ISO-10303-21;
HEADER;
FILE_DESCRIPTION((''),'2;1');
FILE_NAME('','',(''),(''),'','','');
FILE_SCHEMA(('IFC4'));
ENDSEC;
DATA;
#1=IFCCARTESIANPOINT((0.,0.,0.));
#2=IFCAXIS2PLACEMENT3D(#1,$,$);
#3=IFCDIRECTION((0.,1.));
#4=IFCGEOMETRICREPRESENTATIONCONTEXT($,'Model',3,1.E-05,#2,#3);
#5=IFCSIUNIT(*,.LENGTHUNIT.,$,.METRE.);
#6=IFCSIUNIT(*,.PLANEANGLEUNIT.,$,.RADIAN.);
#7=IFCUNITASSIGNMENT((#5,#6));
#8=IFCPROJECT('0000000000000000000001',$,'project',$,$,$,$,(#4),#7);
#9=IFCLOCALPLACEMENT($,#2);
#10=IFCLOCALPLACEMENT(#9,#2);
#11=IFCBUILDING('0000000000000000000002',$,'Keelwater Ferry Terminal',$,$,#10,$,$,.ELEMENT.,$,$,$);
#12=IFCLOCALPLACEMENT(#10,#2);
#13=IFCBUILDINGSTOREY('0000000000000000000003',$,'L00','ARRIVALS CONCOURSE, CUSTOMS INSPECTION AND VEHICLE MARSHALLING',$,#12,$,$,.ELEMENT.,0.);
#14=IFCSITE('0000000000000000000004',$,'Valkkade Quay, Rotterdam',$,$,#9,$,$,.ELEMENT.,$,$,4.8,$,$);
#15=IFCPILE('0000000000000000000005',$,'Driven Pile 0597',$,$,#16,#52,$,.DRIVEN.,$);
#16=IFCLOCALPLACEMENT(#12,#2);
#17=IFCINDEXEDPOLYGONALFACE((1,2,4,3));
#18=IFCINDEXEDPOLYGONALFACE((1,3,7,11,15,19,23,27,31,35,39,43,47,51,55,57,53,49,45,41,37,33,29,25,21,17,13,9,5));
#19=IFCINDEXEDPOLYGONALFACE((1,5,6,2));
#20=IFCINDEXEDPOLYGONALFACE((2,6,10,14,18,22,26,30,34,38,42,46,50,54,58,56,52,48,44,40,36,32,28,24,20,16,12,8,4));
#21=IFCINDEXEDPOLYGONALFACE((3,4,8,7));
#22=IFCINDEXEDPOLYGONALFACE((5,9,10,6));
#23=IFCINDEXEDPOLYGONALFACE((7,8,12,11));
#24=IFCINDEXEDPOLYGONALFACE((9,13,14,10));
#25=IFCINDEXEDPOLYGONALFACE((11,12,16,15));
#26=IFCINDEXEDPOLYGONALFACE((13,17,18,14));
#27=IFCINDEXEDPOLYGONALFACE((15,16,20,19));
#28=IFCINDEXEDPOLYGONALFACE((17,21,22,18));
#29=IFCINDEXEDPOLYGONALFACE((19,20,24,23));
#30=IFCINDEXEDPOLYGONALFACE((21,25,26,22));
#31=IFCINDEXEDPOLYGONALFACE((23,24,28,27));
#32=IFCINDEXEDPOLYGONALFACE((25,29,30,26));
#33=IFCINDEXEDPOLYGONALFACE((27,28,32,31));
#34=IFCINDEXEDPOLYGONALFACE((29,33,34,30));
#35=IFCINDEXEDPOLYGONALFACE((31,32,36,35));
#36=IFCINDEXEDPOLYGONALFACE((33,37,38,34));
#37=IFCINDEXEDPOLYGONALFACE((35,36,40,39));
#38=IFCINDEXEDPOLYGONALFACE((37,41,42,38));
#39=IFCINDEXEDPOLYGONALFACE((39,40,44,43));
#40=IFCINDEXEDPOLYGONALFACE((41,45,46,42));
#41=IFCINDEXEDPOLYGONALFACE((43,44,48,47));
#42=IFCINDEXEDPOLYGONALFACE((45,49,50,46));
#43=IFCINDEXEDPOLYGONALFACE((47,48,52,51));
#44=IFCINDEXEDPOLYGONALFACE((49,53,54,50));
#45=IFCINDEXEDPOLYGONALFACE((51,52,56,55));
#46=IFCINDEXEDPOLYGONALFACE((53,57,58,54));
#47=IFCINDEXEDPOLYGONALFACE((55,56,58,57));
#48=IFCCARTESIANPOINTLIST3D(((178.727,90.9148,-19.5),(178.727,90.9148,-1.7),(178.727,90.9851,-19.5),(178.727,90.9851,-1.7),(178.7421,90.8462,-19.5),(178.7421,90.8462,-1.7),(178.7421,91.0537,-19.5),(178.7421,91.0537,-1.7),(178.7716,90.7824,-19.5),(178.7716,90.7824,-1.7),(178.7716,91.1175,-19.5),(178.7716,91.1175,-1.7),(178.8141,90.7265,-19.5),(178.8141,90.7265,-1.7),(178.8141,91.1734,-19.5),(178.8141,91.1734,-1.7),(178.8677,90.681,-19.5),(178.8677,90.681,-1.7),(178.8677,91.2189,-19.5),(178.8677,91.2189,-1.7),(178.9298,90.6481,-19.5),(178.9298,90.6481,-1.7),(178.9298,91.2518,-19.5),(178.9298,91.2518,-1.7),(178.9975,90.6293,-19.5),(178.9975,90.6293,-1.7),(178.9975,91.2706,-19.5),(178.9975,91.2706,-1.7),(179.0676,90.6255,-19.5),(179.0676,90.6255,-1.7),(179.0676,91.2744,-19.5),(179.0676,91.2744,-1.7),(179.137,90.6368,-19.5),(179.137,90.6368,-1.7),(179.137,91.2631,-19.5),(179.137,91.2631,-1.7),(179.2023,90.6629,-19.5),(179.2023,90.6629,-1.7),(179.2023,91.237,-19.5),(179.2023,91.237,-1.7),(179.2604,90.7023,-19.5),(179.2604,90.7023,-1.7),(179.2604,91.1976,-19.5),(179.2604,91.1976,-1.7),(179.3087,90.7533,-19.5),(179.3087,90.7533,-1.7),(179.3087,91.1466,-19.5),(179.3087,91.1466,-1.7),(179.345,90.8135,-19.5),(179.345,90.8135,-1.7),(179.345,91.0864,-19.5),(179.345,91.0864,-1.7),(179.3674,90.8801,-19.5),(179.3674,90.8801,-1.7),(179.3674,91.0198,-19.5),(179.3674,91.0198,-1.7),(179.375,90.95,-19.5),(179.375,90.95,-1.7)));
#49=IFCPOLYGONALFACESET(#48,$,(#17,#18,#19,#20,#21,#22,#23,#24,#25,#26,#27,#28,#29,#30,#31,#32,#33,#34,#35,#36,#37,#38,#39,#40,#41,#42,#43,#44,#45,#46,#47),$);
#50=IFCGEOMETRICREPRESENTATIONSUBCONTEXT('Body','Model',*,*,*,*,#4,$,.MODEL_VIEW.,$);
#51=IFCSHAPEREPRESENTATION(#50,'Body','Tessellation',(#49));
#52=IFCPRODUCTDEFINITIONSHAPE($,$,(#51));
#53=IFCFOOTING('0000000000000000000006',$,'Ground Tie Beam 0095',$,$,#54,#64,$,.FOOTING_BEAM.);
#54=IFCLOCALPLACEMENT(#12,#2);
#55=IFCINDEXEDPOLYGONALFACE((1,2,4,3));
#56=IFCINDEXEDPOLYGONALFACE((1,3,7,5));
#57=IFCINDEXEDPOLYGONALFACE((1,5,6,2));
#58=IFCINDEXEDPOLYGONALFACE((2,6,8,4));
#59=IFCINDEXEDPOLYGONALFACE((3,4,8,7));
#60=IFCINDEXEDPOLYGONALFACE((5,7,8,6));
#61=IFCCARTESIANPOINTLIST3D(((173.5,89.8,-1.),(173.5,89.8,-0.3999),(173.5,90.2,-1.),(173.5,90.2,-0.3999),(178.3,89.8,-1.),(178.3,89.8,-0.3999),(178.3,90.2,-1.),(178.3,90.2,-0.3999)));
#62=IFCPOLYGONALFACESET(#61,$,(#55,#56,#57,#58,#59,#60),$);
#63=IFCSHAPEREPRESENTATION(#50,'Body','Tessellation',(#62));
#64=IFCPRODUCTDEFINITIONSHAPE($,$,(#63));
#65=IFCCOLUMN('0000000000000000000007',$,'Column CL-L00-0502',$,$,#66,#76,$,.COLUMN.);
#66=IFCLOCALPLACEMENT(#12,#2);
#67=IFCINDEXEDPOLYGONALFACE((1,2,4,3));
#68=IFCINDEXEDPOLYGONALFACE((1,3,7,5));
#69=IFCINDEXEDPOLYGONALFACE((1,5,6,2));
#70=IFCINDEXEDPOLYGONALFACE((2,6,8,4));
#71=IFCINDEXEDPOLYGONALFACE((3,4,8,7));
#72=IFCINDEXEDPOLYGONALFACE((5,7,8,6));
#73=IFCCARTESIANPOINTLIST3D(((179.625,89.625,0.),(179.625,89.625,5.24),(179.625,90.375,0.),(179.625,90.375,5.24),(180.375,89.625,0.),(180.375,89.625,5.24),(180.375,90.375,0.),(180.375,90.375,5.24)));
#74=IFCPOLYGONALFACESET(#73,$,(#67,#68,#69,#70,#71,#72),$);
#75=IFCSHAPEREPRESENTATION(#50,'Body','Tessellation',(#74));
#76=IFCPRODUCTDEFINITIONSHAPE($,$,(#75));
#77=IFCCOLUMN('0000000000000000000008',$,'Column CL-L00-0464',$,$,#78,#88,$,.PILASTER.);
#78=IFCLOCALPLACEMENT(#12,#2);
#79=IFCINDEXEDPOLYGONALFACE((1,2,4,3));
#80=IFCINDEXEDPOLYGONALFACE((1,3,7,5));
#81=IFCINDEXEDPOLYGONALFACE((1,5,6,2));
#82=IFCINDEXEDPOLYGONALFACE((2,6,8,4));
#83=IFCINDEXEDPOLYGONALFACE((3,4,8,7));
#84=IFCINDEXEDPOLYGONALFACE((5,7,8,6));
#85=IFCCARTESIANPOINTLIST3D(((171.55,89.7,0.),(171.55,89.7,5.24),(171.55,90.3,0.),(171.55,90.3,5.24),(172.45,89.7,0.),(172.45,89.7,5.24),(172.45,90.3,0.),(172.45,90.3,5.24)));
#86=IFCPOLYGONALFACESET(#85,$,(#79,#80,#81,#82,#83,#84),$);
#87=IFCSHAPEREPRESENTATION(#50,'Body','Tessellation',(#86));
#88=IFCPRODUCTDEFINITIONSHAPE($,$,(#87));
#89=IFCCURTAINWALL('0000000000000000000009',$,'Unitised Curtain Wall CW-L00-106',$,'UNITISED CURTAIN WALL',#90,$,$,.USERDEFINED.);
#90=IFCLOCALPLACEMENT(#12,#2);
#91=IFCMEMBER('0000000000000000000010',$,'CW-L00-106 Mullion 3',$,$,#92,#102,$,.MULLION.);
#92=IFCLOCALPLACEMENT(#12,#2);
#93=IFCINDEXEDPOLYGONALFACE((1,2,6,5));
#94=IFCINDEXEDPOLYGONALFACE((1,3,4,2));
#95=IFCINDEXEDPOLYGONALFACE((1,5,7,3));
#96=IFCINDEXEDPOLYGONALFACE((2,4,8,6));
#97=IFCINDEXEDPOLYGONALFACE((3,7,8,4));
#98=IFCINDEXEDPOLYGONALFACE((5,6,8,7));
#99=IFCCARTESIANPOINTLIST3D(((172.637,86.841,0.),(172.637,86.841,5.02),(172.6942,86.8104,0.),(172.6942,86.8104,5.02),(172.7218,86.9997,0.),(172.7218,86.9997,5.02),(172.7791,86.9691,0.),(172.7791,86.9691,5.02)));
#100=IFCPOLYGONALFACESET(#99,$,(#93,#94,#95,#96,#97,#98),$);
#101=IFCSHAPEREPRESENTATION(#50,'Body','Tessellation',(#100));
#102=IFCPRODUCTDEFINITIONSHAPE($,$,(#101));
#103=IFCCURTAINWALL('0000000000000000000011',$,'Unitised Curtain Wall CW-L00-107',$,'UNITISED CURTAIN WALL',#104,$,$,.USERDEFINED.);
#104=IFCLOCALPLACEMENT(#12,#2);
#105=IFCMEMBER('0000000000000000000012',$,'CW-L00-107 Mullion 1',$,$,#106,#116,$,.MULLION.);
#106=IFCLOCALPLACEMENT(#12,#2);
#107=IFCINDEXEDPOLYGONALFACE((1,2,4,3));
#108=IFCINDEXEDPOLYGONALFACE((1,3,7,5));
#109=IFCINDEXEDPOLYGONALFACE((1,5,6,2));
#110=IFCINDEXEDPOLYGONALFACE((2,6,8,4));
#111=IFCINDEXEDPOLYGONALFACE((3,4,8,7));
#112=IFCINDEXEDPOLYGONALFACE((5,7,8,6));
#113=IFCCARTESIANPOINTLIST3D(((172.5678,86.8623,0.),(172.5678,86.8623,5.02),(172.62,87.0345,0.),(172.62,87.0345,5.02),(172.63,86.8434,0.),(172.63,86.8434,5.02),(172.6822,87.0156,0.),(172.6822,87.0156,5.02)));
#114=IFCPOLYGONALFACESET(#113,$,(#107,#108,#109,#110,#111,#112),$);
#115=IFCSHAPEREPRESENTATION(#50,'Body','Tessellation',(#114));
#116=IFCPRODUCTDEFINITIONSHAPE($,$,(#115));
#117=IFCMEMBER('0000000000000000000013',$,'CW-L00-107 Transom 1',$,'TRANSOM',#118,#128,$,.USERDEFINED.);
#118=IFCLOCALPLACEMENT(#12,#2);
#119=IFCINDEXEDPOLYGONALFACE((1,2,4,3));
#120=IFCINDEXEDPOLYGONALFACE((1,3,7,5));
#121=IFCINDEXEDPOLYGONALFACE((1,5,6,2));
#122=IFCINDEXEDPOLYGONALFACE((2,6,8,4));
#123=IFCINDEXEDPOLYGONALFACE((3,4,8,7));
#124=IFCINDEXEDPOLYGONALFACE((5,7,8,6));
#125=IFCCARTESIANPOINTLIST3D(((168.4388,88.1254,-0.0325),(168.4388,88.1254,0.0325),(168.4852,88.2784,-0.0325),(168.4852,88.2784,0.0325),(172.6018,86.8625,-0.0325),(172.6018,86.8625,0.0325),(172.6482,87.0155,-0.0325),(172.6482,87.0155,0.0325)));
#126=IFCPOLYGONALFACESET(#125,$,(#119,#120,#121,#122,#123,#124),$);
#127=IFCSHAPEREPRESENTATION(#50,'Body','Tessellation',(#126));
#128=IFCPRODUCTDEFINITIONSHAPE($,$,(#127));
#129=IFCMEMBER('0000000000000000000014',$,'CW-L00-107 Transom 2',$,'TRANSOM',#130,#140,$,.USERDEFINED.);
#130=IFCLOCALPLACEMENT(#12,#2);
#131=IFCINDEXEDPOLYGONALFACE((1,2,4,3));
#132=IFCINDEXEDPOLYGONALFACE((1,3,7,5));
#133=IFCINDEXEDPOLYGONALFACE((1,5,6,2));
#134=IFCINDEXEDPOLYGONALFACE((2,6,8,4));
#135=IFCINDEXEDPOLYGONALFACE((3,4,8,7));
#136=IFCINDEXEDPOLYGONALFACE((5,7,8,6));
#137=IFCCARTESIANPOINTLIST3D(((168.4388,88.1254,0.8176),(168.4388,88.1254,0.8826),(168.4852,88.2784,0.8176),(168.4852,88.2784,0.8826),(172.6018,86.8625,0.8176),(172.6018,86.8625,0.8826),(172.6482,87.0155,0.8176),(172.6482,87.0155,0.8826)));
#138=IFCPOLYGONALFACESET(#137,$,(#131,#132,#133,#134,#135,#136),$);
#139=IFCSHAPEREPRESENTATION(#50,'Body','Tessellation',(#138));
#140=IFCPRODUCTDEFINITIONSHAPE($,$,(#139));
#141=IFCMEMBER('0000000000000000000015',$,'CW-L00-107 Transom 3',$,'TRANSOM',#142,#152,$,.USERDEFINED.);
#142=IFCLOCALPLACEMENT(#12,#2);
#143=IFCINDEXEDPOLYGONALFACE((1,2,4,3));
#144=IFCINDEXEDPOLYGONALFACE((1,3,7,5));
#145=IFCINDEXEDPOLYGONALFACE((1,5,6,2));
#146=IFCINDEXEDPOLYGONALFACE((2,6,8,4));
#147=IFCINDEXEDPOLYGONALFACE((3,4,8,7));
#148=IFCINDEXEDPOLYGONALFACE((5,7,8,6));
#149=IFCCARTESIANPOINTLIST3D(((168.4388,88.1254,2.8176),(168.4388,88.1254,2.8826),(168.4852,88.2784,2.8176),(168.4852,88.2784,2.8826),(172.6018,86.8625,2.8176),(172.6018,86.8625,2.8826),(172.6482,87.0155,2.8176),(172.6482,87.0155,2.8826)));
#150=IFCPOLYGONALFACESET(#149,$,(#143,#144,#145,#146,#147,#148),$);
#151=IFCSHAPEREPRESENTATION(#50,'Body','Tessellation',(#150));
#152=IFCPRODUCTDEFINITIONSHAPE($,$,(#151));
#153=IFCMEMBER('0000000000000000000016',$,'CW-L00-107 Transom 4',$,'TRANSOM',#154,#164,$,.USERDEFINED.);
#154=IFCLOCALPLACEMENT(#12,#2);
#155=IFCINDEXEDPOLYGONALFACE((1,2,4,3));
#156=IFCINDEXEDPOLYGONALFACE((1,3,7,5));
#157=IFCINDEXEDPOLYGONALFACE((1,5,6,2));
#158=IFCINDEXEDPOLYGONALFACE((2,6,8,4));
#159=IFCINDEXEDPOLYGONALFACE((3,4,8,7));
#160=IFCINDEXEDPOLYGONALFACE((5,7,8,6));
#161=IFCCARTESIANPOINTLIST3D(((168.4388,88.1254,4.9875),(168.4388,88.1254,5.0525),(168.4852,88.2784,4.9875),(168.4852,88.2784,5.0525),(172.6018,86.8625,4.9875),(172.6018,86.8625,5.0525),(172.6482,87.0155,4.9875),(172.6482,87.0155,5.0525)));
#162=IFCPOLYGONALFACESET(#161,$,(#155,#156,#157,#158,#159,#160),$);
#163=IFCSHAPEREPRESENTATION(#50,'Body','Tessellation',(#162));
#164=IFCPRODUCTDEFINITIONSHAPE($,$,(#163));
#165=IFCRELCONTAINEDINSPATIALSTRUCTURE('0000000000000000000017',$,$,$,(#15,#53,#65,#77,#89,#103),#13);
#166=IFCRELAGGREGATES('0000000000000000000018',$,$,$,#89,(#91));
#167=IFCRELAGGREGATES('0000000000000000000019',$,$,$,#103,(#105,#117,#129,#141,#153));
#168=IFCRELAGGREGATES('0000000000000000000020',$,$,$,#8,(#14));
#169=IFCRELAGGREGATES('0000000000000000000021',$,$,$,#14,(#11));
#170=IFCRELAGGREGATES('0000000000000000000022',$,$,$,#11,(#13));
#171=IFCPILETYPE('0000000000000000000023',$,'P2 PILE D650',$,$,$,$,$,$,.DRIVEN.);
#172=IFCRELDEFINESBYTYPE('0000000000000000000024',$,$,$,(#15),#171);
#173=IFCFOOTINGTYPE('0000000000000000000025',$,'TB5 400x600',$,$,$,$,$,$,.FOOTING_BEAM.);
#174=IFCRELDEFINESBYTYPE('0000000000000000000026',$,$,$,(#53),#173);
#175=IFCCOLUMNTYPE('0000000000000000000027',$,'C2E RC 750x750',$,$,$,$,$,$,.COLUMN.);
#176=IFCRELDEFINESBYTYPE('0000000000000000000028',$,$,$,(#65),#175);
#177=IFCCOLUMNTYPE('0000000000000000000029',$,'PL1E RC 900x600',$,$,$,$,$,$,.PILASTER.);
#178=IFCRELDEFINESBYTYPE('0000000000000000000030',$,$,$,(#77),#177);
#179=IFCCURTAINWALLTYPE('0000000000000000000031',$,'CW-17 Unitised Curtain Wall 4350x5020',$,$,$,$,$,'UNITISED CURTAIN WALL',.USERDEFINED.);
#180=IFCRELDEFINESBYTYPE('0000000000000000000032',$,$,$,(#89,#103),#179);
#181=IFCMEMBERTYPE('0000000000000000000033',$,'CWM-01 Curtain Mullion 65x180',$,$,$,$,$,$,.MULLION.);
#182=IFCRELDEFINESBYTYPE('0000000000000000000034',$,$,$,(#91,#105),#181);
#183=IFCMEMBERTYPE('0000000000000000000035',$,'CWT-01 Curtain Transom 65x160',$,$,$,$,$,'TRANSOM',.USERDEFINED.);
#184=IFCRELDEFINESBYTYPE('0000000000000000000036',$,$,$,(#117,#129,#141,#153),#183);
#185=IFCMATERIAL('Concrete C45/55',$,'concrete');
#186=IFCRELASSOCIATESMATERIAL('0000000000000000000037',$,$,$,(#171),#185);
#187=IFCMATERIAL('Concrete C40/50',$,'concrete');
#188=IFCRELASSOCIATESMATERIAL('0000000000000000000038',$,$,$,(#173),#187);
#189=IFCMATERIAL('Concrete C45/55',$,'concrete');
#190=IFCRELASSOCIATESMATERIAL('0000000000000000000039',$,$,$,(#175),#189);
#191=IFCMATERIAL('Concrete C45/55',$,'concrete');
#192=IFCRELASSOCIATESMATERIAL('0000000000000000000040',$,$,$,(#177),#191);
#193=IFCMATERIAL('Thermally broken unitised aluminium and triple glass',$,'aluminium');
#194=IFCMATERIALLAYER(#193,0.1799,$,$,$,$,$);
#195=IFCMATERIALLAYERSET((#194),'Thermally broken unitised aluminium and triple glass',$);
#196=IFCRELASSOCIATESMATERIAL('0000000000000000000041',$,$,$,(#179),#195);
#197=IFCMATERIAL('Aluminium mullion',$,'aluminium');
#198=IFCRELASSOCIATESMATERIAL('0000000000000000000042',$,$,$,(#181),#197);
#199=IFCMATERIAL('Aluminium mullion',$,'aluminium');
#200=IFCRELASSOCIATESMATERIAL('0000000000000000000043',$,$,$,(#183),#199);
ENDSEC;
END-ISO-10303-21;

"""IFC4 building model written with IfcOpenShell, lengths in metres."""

from ifc_helpers import new_model, si_unit, direction, frame, origin, origin_2d, place, context, subcontext, project, spatial, rectangle, circle, extrude, material, layer, layer_set, material_profile, profile_set, type_object, element, aggregate, save


model = new_model("IFC4")

# Units and contexts
model_context = context("Model", 3, precision=1e-05, world=origin(), true_north=direction((0.0, 1.0)))
body_context = subcontext(model_context, "Body", "Model", "MODEL_VIEW")
ifc_project = project(units=[si_unit("LENGTHUNIT", "METRE"), si_unit("PLANEANGLEUNIT", "RADIAN")], contexts=[model_context])

# Site, building, storey
site_placement = place(None, origin())
site = spatial("IfcSite", under=ifc_project, at=site_placement, Name="Valkkade Quay, Rotterdam", CompositionType="ELEMENT", RefElevation=4.8)
building_placement = place(site_placement, origin())
building = spatial("IfcBuilding", under=site, at=building_placement, Name="Keelwater Ferry Terminal", CompositionType="ELEMENT")
storey_placement = place(building_placement, origin())
storey = spatial("IfcBuildingStorey", under=building, at=storey_placement, Name="L00", Description="ARRIVALS CONCOURSE, CUSTOMS INSPECTION AND VEHICLE MARSHALLING", CompositionType="ELEMENT", Elevation=0.0)

# Pile
ifc_material_1 = material(Name="Concrete C45/55", Category="concrete")
ifc_material_profile_1 = material_profile(ifc_material_1, circle(Radius=0.325, at=origin_2d()), Name="PILE D650")
ifc_profile_set_1 = profile_set([ifc_material_profile_1], Name="Concrete C45/55")
pile_type = type_object("IfcPileType", Name="P2 PILE D650", PredefinedType="DRIVEN", material=ifc_profile_set_1)
for number, where, z_axis, x_axis, name in (
    (1, (179.05, 90.95, -1.7), (0.0, 0.0, -1.0), (1.0, 0.0, 0.0), "Driven Pile 0597"),
):
    element("IfcPile", number, at=place(storey_placement, frame(where, z_axis=z_axis, x_axis=x_axis)), inside=storey, type_object=pile_type, Name=name, PredefinedType="DRIVEN", context=body_context, shape_type="SweptSolid", body=[
        extrude(circle(Radius=0.325, at=origin_2d()), origin(), (0.0, 0.0, 1.0), 17.8),
    ])

# Footing
ifc_material_2 = material(Name="Concrete C40/50", Category="concrete")
ifc_material_profile_2 = material_profile(ifc_material_2, rectangle(XDim=0.3999, YDim=0.6001, at=origin_2d()), Name="TB 400x600")
ifc_profile_set_2 = profile_set([ifc_material_profile_2], Name="Concrete C40/50")
footing_type = type_object("IfcFootingType", Name="TB5 400x600", PredefinedType="FOOTING_BEAM", material=ifc_profile_set_2)
footing_placement = place(storey_placement, frame((173.5, 90.0, -0.7), z_axis=(1.0, 0.0, 0.0), x_axis=(0.0, 1.0, 0.0)))
element("IfcFooting", 2, at=footing_placement, inside=storey, type_object=footing_type, Name="Ground Tie Beam 0095", PredefinedType="FOOTING_BEAM", context=body_context, shape_type="SweptSolid", body=[
    extrude(rectangle(XDim=0.3999, YDim=0.6001, at=origin_2d()), origin(), (0.0, 0.0, 1.0), 4.8),
])

# Columns
ifc_material_3 = material(Name="Concrete C45/55", Category="concrete")
ifc_material_profile_3 = material_profile(ifc_material_3, rectangle(XDim=0.75, YDim=0.75, at=origin_2d()), Name="RC 750x750")
ifc_profile_set_3 = profile_set([ifc_material_profile_3], Name="Concrete C45/55")
column_type_1 = type_object("IfcColumnType", Name="C2E RC 750x750", PredefinedType="COLUMN", material=ifc_profile_set_3)
column_1_placement = place(storey_placement, frame((180.0, 90.0, 0.0), z_axis=(0.0, 0.0, 1.0), x_axis=(1.0, 0.0, 0.0)))
element("IfcColumn", 3, at=column_1_placement, inside=storey, type_object=column_type_1, Name="Column CL-L00-0502", PredefinedType="COLUMN", context=body_context, shape_type="SweptSolid", body=[
    extrude(rectangle(XDim=0.75, YDim=0.75, at=origin_2d()), origin(), (0.0, 0.0, 1.0), 5.24),
])
ifc_material_4 = material(Name="Concrete C45/55", Category="concrete")
ifc_material_profile_4 = material_profile(ifc_material_4, rectangle(XDim=0.6001, YDim=0.8999, at=origin_2d()), Name="RC 900x600")
ifc_profile_set_4 = profile_set([ifc_material_profile_4], Name="Concrete C45/55")
column_type_2 = type_object("IfcColumnType", Name="PL1E RC 900x600", PredefinedType="PILASTER", material=ifc_profile_set_4)
column_2_placement = place(storey_placement, frame((172.0, 90.0, 0.0), z_axis=(0.0, 0.0, 1.0), x_axis=(0.0, 1.0, 0.0)))
element("IfcColumn", 4, at=column_2_placement, inside=storey, type_object=column_type_2, Name="Column CL-L00-0464", PredefinedType="PILASTER", context=body_context, shape_type="SweptSolid", body=[
    extrude(rectangle(XDim=0.6001, YDim=0.8999, at=origin_2d()), origin(), (0.0, 0.0, 1.0), 5.24),
])

# Curtain wall, member
ifc_material_5 = material(Name="Thermally broken unitised aluminium and triple glass", Category="aluminium")
ifc_layer_1 = layer(ifc_material_5, 0.1799)
ifc_layer_set_1 = layer_set([ifc_layer_1], Name="Thermally broken unitised aluminium and triple glass")
curtain_wall_type = type_object("IfcCurtainWallType", Name="CW-17 Unitised Curtain Wall 4350x5020", ElementType="UNITISED CURTAIN WALL", PredefinedType="USERDEFINED", material=ifc_layer_set_1)
curtain_wall_1_placement = place(storey_placement, origin())
curtain_wall_1 = element("IfcCurtainWall", 5, at=curtain_wall_1_placement, inside=storey, type_object=curtain_wall_type, Name="Unitised Curtain Wall CW-L00-106", ObjectType="UNITISED CURTAIN WALL", PredefinedType="USERDEFINED")
ifc_material_6 = material(Name="Aluminium mullion", Category="aluminium")
ifc_material_profile_5 = material_profile(ifc_material_6, rectangle(XDim=0.0649, YDim=0.1799, at=origin_2d()), Name="CWM-01")
ifc_profile_set_5 = profile_set([ifc_material_profile_5], Name="Aluminium mullion")
member_type_1 = type_object("IfcMemberType", Name="CWM-01 Curtain Mullion 65x180", PredefinedType="MULLION", material=ifc_profile_set_5)
member_1_placement = place(storey_placement, frame((172.708, 86.905, 0.0), z_axis=(0.0, 0.0, 1.0), x_axis=(-0.881862, 0.471507, 0.0)))
member_1 = element("IfcMember", 6, at=member_1_placement, type_object=member_type_1, Name="CW-L00-106 Mullion 3", PredefinedType="MULLION", context=body_context, shape_type="SweptSolid", body=[
    extrude(rectangle(XDim=0.0649, YDim=0.1799, at=origin_2d()), origin(), (0.0, 0.0, 1.0), 5.02),
])
aggregate(curtain_wall_1, [member_1])

# Curtain wall, members
curtain_wall_2_placement = place(storey_placement, origin())
curtain_wall_2 = element("IfcCurtainWall", 7, at=curtain_wall_2_placement, inside=storey, type_object=curtain_wall_type, Name="Unitised Curtain Wall CW-L00-107", ObjectType="UNITISED CURTAIN WALL", PredefinedType="USERDEFINED")
member_2_placement = place(storey_placement, frame((172.625, 86.939, 0.0), z_axis=(0.0, 0.0, 1.0), x_axis=(-0.95693, 0.29032, 0.0)))
member_2 = element("IfcMember", 8, at=member_2_placement, type_object=member_type_1, Name="CW-L00-107 Mullion 1", PredefinedType="MULLION", context=body_context, shape_type="SweptSolid", body=[
    extrude(rectangle(XDim=0.0649, YDim=0.1799, at=origin_2d()), origin(), (0.0, 0.0, 1.0), 5.02),
])
ifc_material_7 = material(Name="Aluminium mullion", Category="aluminium")
ifc_material_profile_6 = material_profile(ifc_material_7, rectangle(XDim=0.1599, YDim=0.0649, at=origin_2d()), Name="CWT-01")
ifc_profile_set_6 = profile_set([ifc_material_profile_6], Name="Aluminium mullion")
member_type_2 = type_object("IfcMemberType", Name="CWT-01 Curtain Transom 65x160", ElementType="TRANSOM", PredefinedType="USERDEFINED", material=ifc_profile_set_6)
member_3_placement = place(storey_placement, frame((172.625, 86.939, 0.0), z_axis=(-0.956935, 0.290302, 0.0), x_axis=(-0.290302, -0.956935, 0.0)))
member_3 = element("IfcMember", 9, at=member_3_placement, type_object=member_type_2, Name="CW-L00-107 Transom 1", ObjectType="TRANSOM", PredefinedType="USERDEFINED", context=body_context, shape_type="SweptSolid", body=[
    extrude(rectangle(XDim=0.1599, YDim=0.0649, at=origin_2d()), origin(), (0.0, 0.0, 1.0), 4.3503),
])
member_4_placement = place(storey_placement, frame((172.625, 86.939, 0.8501), z_axis=(-0.956935, 0.290302, 0.0), x_axis=(-0.290302, -0.956935, 0.0)))
member_4 = element("IfcMember", 10, at=member_4_placement, type_object=member_type_2, Name="CW-L00-107 Transom 2", ObjectType="TRANSOM", PredefinedType="USERDEFINED", context=body_context, shape_type="SweptSolid", body=[
    extrude(rectangle(XDim=0.1599, YDim=0.0649, at=origin_2d()), origin(), (0.0, 0.0, 1.0), 4.3503),
])
member_5_placement = place(storey_placement, frame((172.625, 86.939, 2.8501), z_axis=(-0.956935, 0.290302, 0.0), x_axis=(-0.290302, -0.956935, 0.0)))
member_5 = element("IfcMember", 11, at=member_5_placement, type_object=member_type_2, Name="CW-L00-107 Transom 3", ObjectType="TRANSOM", PredefinedType="USERDEFINED", context=body_context, shape_type="SweptSolid", body=[
    extrude(rectangle(XDim=0.1599, YDim=0.0649, at=origin_2d()), origin(), (0.0, 0.0, 1.0), 4.3503),
])
member_6_placement = place(storey_placement, frame((172.625, 86.939, 5.02), z_axis=(-0.956935, 0.290302, 0.0), x_axis=(-0.290302, -0.956935, 0.0)))
member_6 = element("IfcMember", 12, at=member_6_placement, type_object=member_type_2, Name="CW-L00-107 Transom 4", ObjectType="TRANSOM", PredefinedType="USERDEFINED", context=body_context, shape_type="SweptSolid", body=[
    extrude(rectangle(XDim=0.1599, YDim=0.0649, at=origin_2d()), origin(), (0.0, 0.0, 1.0), 4.3503),
])

aggregate(curtain_wall_2, [member_2, member_3, member_4, member_5, member_6])

save(model, "model.ifc")
